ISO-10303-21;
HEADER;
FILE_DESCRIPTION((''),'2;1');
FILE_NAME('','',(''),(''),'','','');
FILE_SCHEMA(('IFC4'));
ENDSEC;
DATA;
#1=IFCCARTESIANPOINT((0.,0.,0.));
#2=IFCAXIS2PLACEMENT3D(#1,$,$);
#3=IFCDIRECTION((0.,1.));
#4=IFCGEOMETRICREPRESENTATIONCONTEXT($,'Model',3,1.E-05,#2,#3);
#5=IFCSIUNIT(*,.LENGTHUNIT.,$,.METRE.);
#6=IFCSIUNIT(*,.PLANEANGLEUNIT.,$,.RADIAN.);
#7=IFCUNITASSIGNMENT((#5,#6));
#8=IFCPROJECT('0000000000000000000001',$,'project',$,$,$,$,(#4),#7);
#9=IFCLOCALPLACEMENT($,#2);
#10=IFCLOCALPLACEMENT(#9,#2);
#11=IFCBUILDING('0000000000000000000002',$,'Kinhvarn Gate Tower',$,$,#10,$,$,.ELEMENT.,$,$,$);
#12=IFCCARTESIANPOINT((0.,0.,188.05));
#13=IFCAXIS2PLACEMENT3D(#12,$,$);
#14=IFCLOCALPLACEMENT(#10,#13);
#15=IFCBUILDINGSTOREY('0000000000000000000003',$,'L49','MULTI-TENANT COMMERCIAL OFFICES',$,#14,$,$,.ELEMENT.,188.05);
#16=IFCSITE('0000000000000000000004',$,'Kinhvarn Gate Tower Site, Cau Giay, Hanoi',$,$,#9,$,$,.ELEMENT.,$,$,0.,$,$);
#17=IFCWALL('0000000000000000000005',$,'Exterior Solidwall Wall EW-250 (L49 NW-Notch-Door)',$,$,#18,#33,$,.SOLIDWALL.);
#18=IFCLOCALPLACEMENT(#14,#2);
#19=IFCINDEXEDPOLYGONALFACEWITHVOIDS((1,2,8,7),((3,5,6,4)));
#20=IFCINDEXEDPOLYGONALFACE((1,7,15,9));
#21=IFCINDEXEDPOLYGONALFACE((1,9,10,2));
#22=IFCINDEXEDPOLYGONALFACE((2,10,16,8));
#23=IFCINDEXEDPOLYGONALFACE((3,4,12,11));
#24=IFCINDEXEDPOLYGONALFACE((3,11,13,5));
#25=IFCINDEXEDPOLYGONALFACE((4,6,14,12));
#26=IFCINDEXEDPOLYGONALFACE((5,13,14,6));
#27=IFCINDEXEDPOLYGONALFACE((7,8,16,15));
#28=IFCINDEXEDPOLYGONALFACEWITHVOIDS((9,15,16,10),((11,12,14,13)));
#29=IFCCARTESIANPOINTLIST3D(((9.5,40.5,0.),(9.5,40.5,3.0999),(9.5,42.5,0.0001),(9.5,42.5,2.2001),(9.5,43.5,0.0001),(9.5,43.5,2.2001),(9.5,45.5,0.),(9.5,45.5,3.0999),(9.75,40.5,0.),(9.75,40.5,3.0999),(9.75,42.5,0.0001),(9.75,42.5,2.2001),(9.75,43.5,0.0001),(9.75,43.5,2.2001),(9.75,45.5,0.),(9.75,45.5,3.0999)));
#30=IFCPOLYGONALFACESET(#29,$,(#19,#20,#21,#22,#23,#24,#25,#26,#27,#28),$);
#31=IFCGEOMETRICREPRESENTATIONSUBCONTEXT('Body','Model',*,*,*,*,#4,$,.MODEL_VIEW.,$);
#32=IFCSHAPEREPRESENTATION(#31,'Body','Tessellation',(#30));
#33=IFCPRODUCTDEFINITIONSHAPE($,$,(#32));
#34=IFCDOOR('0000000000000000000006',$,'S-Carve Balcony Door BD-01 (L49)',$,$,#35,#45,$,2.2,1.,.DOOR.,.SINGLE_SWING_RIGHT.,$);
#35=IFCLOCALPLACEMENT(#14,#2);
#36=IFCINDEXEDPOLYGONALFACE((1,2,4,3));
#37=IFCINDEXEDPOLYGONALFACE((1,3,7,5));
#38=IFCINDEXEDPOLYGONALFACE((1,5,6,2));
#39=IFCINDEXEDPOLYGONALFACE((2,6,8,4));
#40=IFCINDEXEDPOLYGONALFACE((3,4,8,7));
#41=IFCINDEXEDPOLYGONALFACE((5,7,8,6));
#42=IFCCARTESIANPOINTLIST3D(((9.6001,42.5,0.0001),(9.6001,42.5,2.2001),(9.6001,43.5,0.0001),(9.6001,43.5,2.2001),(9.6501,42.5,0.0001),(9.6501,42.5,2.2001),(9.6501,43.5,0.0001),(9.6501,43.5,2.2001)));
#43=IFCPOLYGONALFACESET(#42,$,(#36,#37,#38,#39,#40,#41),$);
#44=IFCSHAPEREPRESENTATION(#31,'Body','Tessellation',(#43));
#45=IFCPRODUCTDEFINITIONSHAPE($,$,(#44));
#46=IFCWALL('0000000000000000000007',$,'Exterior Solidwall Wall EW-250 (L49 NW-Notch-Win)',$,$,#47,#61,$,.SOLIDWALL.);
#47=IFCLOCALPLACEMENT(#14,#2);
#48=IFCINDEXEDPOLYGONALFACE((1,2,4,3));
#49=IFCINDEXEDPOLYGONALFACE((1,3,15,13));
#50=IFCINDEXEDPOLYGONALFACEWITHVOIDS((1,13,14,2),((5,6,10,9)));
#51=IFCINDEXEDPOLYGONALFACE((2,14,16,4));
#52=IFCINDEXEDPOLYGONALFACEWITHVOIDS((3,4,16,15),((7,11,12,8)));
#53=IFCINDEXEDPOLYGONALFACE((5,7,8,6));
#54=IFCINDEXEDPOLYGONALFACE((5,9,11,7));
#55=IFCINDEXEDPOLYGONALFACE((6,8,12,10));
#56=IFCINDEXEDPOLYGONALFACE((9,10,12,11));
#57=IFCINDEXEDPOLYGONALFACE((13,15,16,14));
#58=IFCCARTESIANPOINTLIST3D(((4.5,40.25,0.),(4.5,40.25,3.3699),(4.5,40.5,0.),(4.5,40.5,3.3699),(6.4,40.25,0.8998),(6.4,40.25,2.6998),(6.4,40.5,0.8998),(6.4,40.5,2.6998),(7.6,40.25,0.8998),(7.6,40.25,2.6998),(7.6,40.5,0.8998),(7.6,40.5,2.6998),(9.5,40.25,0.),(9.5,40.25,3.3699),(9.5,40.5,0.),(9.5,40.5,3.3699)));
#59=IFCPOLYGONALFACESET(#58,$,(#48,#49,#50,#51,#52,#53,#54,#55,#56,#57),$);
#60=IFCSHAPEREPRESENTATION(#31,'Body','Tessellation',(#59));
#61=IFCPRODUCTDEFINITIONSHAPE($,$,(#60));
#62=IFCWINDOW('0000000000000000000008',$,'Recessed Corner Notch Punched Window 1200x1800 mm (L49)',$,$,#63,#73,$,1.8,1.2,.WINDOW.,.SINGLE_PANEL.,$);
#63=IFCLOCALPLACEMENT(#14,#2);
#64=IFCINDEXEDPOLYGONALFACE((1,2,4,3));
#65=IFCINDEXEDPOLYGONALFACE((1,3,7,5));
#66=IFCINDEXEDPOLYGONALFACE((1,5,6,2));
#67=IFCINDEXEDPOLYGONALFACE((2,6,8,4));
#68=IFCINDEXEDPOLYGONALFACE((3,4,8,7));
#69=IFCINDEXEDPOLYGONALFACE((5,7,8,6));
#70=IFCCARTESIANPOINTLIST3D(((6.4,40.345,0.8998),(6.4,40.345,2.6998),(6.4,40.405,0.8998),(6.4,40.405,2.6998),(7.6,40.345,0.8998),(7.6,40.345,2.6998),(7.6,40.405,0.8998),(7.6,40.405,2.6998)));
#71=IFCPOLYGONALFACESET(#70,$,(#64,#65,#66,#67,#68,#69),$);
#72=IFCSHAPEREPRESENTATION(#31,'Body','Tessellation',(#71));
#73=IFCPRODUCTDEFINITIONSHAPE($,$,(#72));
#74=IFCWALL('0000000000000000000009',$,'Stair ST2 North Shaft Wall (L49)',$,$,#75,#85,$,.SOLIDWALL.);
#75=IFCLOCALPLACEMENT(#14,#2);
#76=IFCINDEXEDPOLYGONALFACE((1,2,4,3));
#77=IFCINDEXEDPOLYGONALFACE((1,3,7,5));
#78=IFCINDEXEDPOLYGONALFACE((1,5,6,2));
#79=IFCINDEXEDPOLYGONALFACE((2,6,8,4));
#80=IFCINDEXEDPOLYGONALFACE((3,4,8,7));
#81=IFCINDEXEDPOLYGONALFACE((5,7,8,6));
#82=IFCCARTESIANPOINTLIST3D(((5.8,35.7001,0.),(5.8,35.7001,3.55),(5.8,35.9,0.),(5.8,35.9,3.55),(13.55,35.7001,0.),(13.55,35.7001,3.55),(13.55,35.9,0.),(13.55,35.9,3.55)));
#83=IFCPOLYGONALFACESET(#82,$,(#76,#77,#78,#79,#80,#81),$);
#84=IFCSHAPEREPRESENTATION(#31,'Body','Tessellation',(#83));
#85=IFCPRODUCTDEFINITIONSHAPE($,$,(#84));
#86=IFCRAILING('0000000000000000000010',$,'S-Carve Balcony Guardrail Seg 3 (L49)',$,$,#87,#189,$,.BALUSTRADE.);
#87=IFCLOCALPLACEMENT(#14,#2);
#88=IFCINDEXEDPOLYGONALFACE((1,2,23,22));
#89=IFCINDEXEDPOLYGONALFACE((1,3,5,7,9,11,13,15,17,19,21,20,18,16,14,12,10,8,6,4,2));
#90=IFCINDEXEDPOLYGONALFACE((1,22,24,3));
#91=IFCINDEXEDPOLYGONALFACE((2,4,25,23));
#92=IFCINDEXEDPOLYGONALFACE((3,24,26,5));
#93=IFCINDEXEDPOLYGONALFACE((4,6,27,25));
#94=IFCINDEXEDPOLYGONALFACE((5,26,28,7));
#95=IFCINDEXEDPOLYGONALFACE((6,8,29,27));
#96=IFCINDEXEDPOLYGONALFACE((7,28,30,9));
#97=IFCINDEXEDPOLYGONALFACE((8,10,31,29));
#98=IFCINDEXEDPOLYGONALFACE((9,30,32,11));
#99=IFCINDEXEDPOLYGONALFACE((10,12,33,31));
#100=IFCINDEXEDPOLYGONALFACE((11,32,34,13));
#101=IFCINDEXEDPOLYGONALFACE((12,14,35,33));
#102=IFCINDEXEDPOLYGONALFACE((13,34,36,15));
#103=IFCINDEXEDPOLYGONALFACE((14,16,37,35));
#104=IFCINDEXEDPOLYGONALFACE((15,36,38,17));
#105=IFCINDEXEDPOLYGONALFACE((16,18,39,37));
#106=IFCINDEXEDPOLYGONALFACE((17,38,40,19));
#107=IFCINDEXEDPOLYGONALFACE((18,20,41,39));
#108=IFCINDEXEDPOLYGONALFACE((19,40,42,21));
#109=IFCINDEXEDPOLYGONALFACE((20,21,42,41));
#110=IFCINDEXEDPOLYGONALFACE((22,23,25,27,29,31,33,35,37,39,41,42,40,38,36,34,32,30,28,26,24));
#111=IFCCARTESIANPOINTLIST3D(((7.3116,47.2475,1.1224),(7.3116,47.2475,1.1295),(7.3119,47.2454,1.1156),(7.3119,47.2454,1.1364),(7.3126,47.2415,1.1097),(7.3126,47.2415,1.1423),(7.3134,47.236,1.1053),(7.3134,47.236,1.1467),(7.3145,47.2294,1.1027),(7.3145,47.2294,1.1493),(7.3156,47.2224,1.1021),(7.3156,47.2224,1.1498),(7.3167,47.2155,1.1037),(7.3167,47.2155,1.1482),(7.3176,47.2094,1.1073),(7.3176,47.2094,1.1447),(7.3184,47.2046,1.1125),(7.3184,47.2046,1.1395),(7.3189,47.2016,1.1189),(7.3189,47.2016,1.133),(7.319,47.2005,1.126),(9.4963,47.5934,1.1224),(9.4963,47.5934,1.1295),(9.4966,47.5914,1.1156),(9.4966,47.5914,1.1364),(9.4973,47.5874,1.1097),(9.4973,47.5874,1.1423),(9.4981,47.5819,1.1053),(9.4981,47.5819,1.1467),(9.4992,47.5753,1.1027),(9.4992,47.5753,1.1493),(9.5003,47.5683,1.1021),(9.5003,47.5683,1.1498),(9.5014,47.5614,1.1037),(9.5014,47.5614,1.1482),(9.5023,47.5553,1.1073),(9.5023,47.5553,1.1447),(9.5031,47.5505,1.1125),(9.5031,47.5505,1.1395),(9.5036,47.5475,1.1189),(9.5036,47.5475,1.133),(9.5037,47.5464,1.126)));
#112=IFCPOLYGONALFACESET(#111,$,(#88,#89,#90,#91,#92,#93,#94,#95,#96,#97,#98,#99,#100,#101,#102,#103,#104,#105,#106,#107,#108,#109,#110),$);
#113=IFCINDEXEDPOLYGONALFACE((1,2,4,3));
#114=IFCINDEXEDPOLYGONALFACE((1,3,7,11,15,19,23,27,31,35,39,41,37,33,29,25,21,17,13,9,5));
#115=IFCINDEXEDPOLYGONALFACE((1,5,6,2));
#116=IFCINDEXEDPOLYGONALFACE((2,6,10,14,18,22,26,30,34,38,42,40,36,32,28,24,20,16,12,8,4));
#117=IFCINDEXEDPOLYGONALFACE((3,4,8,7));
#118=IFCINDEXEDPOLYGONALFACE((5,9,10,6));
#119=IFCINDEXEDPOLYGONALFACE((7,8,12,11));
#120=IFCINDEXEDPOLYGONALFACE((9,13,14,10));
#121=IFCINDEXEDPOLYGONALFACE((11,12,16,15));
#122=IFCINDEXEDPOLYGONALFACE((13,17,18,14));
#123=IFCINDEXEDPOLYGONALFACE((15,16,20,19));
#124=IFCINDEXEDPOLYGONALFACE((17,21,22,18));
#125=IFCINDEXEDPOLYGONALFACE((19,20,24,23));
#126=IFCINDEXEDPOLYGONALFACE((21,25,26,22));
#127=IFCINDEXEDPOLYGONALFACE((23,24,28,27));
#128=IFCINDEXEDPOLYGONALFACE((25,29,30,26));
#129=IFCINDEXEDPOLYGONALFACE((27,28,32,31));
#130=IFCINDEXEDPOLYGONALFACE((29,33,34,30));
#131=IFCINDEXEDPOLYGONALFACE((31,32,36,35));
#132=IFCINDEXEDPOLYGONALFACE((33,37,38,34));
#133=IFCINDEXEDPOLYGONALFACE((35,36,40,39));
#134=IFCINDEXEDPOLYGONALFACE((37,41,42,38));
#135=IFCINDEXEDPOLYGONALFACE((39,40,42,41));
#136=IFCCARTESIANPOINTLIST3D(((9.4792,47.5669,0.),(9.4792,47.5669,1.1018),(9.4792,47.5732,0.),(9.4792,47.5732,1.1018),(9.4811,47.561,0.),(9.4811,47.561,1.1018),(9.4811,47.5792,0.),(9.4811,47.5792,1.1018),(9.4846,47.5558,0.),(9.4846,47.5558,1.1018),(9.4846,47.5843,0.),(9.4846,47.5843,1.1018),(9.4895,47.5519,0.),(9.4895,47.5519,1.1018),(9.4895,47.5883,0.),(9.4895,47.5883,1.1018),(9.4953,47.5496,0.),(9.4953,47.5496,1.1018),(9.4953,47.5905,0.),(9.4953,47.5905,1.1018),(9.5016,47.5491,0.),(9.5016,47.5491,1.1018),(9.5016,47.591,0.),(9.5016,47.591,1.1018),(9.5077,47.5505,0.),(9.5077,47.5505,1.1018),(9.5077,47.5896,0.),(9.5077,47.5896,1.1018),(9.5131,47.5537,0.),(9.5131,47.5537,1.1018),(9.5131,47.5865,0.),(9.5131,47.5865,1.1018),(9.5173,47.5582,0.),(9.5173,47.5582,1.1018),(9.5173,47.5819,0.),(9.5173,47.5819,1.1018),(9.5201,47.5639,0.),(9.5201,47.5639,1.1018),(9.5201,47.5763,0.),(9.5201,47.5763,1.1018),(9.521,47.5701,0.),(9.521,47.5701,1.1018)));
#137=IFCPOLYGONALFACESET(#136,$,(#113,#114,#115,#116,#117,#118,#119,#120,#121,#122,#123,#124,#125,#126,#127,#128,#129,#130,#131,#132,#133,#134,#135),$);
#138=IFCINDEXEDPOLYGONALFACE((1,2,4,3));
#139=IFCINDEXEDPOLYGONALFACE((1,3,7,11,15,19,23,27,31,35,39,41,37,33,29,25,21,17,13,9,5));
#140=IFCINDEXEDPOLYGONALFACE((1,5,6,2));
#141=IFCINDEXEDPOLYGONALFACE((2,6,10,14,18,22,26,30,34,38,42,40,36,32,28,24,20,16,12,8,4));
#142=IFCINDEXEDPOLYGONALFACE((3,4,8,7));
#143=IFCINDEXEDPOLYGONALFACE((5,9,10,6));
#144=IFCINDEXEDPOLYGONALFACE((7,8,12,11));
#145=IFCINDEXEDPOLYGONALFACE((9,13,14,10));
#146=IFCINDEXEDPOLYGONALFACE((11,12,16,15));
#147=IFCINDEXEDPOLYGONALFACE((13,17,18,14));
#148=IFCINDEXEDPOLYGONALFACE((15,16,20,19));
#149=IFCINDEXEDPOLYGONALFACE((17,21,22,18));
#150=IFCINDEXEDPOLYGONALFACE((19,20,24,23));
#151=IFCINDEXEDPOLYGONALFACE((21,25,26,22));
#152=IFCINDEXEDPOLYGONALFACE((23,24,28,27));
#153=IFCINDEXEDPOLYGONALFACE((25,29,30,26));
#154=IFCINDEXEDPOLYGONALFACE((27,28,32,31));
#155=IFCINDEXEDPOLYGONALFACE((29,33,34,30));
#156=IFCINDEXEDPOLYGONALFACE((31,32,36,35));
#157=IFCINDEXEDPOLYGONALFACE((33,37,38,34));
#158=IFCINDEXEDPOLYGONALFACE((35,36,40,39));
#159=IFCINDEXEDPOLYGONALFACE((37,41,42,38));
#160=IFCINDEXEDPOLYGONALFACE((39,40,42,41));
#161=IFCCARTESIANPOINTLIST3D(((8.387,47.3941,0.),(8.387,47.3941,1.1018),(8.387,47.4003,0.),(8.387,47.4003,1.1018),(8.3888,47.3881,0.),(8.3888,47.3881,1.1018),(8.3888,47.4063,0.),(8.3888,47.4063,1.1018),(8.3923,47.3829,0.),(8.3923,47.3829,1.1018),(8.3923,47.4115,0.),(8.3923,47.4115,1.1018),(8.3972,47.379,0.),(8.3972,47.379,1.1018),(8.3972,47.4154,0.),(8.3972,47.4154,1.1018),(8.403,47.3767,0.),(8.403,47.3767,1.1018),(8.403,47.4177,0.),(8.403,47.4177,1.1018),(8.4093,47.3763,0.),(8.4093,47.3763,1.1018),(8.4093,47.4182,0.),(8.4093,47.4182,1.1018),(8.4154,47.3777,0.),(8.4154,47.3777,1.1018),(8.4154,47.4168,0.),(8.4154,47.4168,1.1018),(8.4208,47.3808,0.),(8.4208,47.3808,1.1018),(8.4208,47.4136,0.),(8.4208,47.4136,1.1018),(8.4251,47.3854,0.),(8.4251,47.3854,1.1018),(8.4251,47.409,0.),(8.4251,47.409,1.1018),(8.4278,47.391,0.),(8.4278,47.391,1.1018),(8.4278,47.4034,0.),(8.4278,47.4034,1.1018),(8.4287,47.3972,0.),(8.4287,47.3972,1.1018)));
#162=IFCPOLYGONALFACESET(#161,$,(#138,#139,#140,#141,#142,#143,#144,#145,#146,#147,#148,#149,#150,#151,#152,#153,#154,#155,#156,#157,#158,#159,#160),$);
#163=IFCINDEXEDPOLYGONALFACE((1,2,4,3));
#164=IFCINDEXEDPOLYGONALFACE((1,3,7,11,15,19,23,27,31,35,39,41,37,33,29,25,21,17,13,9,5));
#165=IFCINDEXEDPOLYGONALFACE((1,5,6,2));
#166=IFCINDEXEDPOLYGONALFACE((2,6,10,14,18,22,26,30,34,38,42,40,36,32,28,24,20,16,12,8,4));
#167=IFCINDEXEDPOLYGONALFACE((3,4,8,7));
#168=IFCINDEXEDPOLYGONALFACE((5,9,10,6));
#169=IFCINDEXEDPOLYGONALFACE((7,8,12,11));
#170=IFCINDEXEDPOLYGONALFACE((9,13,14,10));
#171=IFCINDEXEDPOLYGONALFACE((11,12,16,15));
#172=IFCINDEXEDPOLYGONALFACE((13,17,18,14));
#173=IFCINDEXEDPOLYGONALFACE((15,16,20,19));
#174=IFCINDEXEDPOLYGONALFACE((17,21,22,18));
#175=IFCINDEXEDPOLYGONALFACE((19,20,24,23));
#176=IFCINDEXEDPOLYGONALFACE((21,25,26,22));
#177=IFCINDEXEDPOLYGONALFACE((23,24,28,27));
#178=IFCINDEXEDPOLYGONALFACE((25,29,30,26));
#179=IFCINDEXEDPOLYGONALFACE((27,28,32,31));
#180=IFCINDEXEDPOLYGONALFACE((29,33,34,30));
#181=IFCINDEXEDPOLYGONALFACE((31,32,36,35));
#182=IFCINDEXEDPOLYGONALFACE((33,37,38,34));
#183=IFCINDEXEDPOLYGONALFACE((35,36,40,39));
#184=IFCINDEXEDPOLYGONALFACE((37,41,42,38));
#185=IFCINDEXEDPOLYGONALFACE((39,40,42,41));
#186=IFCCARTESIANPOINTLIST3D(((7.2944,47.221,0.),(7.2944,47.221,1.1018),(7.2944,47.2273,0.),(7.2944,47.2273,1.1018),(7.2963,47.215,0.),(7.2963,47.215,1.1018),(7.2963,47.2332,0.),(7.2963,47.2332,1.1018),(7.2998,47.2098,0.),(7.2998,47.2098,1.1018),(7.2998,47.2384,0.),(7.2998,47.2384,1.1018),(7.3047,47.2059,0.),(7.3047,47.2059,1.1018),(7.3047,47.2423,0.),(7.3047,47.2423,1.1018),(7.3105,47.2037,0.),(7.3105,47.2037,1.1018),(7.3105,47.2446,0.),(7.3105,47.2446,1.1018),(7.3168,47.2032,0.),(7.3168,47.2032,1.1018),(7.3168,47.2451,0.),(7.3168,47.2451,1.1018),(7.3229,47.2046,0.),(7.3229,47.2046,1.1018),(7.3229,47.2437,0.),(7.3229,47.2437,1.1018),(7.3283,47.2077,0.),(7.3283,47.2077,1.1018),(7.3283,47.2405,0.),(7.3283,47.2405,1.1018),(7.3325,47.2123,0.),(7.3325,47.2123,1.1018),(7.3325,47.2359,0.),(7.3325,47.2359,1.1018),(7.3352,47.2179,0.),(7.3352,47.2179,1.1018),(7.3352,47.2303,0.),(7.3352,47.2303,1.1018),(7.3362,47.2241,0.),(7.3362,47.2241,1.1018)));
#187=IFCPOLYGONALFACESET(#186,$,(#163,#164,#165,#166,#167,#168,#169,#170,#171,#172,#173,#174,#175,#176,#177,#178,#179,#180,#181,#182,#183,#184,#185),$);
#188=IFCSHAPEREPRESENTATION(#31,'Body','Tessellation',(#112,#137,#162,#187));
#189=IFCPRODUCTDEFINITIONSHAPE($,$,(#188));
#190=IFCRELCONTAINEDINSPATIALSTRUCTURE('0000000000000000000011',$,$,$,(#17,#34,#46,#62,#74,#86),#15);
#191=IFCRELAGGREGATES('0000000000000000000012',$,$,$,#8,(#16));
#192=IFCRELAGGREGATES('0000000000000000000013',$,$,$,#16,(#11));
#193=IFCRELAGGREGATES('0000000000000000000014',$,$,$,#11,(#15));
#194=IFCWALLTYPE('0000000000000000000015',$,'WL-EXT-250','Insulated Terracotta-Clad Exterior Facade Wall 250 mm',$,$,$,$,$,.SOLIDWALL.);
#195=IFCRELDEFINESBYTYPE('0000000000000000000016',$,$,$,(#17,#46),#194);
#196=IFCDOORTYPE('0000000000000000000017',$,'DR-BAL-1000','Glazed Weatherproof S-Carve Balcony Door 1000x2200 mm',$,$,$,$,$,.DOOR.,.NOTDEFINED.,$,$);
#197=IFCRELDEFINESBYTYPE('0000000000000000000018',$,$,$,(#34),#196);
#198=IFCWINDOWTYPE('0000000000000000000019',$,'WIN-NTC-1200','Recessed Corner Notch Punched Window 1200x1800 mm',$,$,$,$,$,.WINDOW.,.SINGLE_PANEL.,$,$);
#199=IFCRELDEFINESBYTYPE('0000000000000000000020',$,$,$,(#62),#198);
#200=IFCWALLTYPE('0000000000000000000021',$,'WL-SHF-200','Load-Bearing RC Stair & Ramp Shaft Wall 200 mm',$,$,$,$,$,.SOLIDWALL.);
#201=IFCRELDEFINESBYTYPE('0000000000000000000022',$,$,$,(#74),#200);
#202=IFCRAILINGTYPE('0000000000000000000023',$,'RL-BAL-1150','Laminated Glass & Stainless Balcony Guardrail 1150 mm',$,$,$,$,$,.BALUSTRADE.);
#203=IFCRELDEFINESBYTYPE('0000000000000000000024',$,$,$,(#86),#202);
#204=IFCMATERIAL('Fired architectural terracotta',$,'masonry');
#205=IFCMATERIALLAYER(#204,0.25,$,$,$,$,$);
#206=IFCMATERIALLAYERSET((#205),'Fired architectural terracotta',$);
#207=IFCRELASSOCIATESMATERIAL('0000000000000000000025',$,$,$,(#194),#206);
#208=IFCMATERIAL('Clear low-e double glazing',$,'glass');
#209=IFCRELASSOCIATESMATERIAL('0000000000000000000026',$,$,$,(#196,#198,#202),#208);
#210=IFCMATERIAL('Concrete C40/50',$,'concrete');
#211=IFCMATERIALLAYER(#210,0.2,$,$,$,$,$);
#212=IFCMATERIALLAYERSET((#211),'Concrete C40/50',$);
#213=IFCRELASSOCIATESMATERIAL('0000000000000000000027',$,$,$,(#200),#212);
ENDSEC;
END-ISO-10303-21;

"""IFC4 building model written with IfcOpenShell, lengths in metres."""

from ifc_helpers import new_model, si_unit, direction, frame, frame_2d, origin, origin_2d, place, context, subcontext, project, spatial, rectangle, circle, extrude, material, layer, layer_set, type_object, element, fill, save


model = new_model("IFC4")

# Units and contexts
model_context = context("Model", 3, precision=1e-05, world=origin(), true_north=direction((0.0, 1.0)))
body_context = subcontext(model_context, "Body", "Model", "MODEL_VIEW")
ifc_project = project(units=[si_unit("LENGTHUNIT", "METRE"), si_unit("PLANEANGLEUNIT", "RADIAN")], contexts=[model_context])

# Site, building, storey
site_placement = place(None, origin())
site = spatial("IfcSite", under=ifc_project, at=site_placement, Name="Kinhvarn Gate Tower Site, Cau Giay, Hanoi", CompositionType="ELEMENT", RefElevation=0.0)
building_placement = place(site_placement, origin())
building = spatial("IfcBuilding", under=site, at=building_placement, Name="Kinhvarn Gate Tower", CompositionType="ELEMENT")
storey_placement = place(building_placement, frame((0.0, 0.0, 188.05)))
storey = spatial("IfcBuildingStorey", under=building, at=storey_placement, Name="L49", Description="MULTI-TENANT COMMERCIAL OFFICES", CompositionType="ELEMENT", Elevation=188.05)

# Shared definitions
ifc_material_1 = material(Name="Fired architectural terracotta", Category="masonry")
ifc_layer_1 = layer(ifc_material_1, 0.25)
ifc_layer_set_1 = layer_set([ifc_layer_1], Name="Fired architectural terracotta")
wall_type_1 = type_object("IfcWallType", Name="WL-EXT-250", Description="Insulated Terracotta-Clad Exterior Facade Wall 250 mm", PredefinedType="SOLIDWALL", material=ifc_layer_set_1)
ifc_material_2 = material(Name="Clear low-e double glazing", Category="glass")

# Wall, opening, door
wall_1_placement = place(storey_placement, frame((9.625, 45.5, 0.0), z_axis=(0.0, 0.0, 1.0), x_axis=(0.0, -1.0, 0.0)))
wall_1 = element("IfcWall", 1, at=wall_1_placement, inside=storey, type_object=wall_type_1, Name="Exterior Solidwall Wall EW-250 (L49 NW-Notch-Door)", PredefinedType="SOLIDWALL", context=body_context, shape_type="SweptSolid", body=[
    extrude(rectangle(XDim=5.0, YDim=0.25, at=frame_2d((2.5, 0.0))), origin(), (0.0, 0.0, 1.0), 3.0999),
])
opening_1_placement = place(wall_1_placement, frame((2.0, 0.0, 0.0)))
opening_1 = element("IfcOpeningElement", 2, at=opening_1_placement, cuts=wall_1, PredefinedType="OPENING", context=body_context, shape_type="SweptSolid", body=[
    extrude(rectangle(XDim=1.0, YDim=2.2, at=frame_2d((0.5, 1.1001))), frame((0.0, 0.135, 0.0), z_axis=(0.0, -1.0, 0.0), x_axis=(1.0, 0.0, 0.0)), (0.0, 0.0, 1.0), 0.27),
])
door_type = type_object("IfcDoorType", Name="DR-BAL-1000", Description="Glazed Weatherproof S-Carve Balcony Door 1000x2200 mm", OperationType="NOTDEFINED", PredefinedType="DOOR", material=ifc_material_2)
door_placement = place(opening_1_placement, frame((1.0, 0.0, 0.0), z_axis=(0.0, 0.0, 1.0), x_axis=(-1.0, 0.0, 0.0)))
door = element("IfcDoor", 3, at=door_placement, inside=storey, type_object=door_type, Name="S-Carve Balcony Door BD-01 (L49)", OperationType="SINGLE_SWING_RIGHT", OverallHeight=2.2, OverallWidth=1.0, PredefinedType="DOOR", context=body_context, shape_type="SweptSolid", body=[
    extrude(rectangle(XDim=1.0, YDim=2.2, at=frame_2d((0.5, 1.1001))), frame((0.0, 0.0249, 0.0), z_axis=(0.0, -1.0, 0.0), x_axis=(1.0, 0.0, 0.0)), (0.0, 0.0, 1.0), 0.05),
])
fill(opening_1, door)

# Wall, opening, window
wall_2_placement = place(storey_placement, frame((9.5, 40.375, 0.0), z_axis=(0.0, 0.0, 1.0), x_axis=(-1.0, 0.0, 0.0)))
wall_2 = element("IfcWall", 4, at=wall_2_placement, inside=storey, type_object=wall_type_1, Name="Exterior Solidwall Wall EW-250 (L49 NW-Notch-Win)", PredefinedType="SOLIDWALL", context=body_context, shape_type="SweptSolid", body=[
    extrude(rectangle(XDim=5.0, YDim=0.25, at=frame_2d((2.5, 0.0))), origin(), (0.0, 0.0, 1.0), 3.3699),
])
opening_2_placement = place(wall_2_placement, frame((1.8999, 0.0, 0.8999)))
opening_2 = element("IfcOpeningElement", 5, at=opening_2_placement, cuts=wall_2, PredefinedType="OPENING", context=body_context, shape_type="SweptSolid", body=[
    extrude(rectangle(XDim=1.2, YDim=1.8, at=frame_2d((0.6001, 0.8999))), frame((0.0, 0.135, 0.0), z_axis=(0.0, -1.0, 0.0), x_axis=(1.0, 0.0, 0.0)), (0.0, 0.0, 1.0), 0.27),
])
window_type_1 = type_object("IfcWindowType", Name="WIN-NTC-1200", Description="Recessed Corner Notch Punched Window 1200x1800 mm", PartitioningType="SINGLE_PANEL", PredefinedType="WINDOW", material=ifc_material_2)
window_1_placement = place(opening_2_placement, origin())
window_1 = element("IfcWindow", 6, at=window_1_placement, inside=storey, type_object=window_type_1, Name="Recessed Corner Notch Punched Window 1200x1800 mm (L49)", OverallHeight=1.8, OverallWidth=1.2, PartitioningType="SINGLE_PANEL", PredefinedType="WINDOW", context=body_context, shape_type="SweptSolid", body=[
    extrude(rectangle(XDim=1.2, YDim=1.8, at=frame_2d((0.6001, 0.8999))), frame((0.0, 0.03, 0.0), z_axis=(0.0, -1.0, 0.0), x_axis=(1.0, 0.0, 0.0)), (0.0, 0.0, 1.0), 0.0601),
])
fill(opening_2, window_1)

# Wall
ifc_material_3 = material(Name="Concrete C40/50", Category="concrete")
ifc_layer_2 = layer(ifc_material_3, 0.2)
ifc_layer_set_2 = layer_set([ifc_layer_2], Name="Concrete C40/50")
wall_type_2 = type_object("IfcWallType", Name="WL-SHF-200", Description="Load-Bearing RC Stair & Ramp Shaft Wall 200 mm", PredefinedType="SOLIDWALL", material=ifc_layer_set_2)
wall_3_placement = place(storey_placement, frame((5.8, 35.8, 0.0), z_axis=(0.0, 0.0, 1.0), x_axis=(1.0, 0.0, 0.0)))
element("IfcWall", 7, at=wall_3_placement, inside=storey, type_object=wall_type_2, Name="Stair ST2 North Shaft Wall (L49)", PredefinedType="SOLIDWALL", context=body_context, shape_type="SweptSolid", body=[
    extrude(rectangle(XDim=7.75, YDim=0.2, at=frame_2d((3.875, 0.0))), origin(), (0.0, 0.0, 1.0), 3.55),
])

# Railing
railing_type = type_object("IfcRailingType", Name="RL-BAL-1150", Description="Laminated Glass & Stainless Balcony Guardrail 1150 mm", PredefinedType="BALUSTRADE", material=ifc_material_2)
railing_1_placement = place(storey_placement, frame((9.5, 47.5701, 0.0)))
element("IfcRailing", 8, at=railing_1_placement, inside=storey, type_object=railing_type, Name="S-Carve Balcony Guardrail Seg 3 (L49)", PredefinedType="BALUSTRADE", context=body_context, shape_type="SweptSolid", body=[
    extrude(circle(Radius=0.0239, at=origin_2d()), frame((0.0, 0.0, 1.126), z_axis=(-0.987695, -0.156393, 0.0), x_axis=(0.156393, -0.987695, 0.0)), (0.0, 0.0, 1.0), 2.2119),
    extrude(circle(Radius=0.021, at=origin_2d()), origin(), (0.0, 0.0, 1.0), 1.1018),
    extrude(circle(Radius=0.021, at=origin_2d()), frame((-1.0923, -0.1729, 0.0)), (0.0, 0.0, 1.0), 1.1018),
    extrude(circle(Radius=0.021, at=origin_2d()), frame((-2.1848, -0.3459, 0.0)), (0.0, 0.0, 1.0), 1.1018),
])

save(model, "model.ifc")
